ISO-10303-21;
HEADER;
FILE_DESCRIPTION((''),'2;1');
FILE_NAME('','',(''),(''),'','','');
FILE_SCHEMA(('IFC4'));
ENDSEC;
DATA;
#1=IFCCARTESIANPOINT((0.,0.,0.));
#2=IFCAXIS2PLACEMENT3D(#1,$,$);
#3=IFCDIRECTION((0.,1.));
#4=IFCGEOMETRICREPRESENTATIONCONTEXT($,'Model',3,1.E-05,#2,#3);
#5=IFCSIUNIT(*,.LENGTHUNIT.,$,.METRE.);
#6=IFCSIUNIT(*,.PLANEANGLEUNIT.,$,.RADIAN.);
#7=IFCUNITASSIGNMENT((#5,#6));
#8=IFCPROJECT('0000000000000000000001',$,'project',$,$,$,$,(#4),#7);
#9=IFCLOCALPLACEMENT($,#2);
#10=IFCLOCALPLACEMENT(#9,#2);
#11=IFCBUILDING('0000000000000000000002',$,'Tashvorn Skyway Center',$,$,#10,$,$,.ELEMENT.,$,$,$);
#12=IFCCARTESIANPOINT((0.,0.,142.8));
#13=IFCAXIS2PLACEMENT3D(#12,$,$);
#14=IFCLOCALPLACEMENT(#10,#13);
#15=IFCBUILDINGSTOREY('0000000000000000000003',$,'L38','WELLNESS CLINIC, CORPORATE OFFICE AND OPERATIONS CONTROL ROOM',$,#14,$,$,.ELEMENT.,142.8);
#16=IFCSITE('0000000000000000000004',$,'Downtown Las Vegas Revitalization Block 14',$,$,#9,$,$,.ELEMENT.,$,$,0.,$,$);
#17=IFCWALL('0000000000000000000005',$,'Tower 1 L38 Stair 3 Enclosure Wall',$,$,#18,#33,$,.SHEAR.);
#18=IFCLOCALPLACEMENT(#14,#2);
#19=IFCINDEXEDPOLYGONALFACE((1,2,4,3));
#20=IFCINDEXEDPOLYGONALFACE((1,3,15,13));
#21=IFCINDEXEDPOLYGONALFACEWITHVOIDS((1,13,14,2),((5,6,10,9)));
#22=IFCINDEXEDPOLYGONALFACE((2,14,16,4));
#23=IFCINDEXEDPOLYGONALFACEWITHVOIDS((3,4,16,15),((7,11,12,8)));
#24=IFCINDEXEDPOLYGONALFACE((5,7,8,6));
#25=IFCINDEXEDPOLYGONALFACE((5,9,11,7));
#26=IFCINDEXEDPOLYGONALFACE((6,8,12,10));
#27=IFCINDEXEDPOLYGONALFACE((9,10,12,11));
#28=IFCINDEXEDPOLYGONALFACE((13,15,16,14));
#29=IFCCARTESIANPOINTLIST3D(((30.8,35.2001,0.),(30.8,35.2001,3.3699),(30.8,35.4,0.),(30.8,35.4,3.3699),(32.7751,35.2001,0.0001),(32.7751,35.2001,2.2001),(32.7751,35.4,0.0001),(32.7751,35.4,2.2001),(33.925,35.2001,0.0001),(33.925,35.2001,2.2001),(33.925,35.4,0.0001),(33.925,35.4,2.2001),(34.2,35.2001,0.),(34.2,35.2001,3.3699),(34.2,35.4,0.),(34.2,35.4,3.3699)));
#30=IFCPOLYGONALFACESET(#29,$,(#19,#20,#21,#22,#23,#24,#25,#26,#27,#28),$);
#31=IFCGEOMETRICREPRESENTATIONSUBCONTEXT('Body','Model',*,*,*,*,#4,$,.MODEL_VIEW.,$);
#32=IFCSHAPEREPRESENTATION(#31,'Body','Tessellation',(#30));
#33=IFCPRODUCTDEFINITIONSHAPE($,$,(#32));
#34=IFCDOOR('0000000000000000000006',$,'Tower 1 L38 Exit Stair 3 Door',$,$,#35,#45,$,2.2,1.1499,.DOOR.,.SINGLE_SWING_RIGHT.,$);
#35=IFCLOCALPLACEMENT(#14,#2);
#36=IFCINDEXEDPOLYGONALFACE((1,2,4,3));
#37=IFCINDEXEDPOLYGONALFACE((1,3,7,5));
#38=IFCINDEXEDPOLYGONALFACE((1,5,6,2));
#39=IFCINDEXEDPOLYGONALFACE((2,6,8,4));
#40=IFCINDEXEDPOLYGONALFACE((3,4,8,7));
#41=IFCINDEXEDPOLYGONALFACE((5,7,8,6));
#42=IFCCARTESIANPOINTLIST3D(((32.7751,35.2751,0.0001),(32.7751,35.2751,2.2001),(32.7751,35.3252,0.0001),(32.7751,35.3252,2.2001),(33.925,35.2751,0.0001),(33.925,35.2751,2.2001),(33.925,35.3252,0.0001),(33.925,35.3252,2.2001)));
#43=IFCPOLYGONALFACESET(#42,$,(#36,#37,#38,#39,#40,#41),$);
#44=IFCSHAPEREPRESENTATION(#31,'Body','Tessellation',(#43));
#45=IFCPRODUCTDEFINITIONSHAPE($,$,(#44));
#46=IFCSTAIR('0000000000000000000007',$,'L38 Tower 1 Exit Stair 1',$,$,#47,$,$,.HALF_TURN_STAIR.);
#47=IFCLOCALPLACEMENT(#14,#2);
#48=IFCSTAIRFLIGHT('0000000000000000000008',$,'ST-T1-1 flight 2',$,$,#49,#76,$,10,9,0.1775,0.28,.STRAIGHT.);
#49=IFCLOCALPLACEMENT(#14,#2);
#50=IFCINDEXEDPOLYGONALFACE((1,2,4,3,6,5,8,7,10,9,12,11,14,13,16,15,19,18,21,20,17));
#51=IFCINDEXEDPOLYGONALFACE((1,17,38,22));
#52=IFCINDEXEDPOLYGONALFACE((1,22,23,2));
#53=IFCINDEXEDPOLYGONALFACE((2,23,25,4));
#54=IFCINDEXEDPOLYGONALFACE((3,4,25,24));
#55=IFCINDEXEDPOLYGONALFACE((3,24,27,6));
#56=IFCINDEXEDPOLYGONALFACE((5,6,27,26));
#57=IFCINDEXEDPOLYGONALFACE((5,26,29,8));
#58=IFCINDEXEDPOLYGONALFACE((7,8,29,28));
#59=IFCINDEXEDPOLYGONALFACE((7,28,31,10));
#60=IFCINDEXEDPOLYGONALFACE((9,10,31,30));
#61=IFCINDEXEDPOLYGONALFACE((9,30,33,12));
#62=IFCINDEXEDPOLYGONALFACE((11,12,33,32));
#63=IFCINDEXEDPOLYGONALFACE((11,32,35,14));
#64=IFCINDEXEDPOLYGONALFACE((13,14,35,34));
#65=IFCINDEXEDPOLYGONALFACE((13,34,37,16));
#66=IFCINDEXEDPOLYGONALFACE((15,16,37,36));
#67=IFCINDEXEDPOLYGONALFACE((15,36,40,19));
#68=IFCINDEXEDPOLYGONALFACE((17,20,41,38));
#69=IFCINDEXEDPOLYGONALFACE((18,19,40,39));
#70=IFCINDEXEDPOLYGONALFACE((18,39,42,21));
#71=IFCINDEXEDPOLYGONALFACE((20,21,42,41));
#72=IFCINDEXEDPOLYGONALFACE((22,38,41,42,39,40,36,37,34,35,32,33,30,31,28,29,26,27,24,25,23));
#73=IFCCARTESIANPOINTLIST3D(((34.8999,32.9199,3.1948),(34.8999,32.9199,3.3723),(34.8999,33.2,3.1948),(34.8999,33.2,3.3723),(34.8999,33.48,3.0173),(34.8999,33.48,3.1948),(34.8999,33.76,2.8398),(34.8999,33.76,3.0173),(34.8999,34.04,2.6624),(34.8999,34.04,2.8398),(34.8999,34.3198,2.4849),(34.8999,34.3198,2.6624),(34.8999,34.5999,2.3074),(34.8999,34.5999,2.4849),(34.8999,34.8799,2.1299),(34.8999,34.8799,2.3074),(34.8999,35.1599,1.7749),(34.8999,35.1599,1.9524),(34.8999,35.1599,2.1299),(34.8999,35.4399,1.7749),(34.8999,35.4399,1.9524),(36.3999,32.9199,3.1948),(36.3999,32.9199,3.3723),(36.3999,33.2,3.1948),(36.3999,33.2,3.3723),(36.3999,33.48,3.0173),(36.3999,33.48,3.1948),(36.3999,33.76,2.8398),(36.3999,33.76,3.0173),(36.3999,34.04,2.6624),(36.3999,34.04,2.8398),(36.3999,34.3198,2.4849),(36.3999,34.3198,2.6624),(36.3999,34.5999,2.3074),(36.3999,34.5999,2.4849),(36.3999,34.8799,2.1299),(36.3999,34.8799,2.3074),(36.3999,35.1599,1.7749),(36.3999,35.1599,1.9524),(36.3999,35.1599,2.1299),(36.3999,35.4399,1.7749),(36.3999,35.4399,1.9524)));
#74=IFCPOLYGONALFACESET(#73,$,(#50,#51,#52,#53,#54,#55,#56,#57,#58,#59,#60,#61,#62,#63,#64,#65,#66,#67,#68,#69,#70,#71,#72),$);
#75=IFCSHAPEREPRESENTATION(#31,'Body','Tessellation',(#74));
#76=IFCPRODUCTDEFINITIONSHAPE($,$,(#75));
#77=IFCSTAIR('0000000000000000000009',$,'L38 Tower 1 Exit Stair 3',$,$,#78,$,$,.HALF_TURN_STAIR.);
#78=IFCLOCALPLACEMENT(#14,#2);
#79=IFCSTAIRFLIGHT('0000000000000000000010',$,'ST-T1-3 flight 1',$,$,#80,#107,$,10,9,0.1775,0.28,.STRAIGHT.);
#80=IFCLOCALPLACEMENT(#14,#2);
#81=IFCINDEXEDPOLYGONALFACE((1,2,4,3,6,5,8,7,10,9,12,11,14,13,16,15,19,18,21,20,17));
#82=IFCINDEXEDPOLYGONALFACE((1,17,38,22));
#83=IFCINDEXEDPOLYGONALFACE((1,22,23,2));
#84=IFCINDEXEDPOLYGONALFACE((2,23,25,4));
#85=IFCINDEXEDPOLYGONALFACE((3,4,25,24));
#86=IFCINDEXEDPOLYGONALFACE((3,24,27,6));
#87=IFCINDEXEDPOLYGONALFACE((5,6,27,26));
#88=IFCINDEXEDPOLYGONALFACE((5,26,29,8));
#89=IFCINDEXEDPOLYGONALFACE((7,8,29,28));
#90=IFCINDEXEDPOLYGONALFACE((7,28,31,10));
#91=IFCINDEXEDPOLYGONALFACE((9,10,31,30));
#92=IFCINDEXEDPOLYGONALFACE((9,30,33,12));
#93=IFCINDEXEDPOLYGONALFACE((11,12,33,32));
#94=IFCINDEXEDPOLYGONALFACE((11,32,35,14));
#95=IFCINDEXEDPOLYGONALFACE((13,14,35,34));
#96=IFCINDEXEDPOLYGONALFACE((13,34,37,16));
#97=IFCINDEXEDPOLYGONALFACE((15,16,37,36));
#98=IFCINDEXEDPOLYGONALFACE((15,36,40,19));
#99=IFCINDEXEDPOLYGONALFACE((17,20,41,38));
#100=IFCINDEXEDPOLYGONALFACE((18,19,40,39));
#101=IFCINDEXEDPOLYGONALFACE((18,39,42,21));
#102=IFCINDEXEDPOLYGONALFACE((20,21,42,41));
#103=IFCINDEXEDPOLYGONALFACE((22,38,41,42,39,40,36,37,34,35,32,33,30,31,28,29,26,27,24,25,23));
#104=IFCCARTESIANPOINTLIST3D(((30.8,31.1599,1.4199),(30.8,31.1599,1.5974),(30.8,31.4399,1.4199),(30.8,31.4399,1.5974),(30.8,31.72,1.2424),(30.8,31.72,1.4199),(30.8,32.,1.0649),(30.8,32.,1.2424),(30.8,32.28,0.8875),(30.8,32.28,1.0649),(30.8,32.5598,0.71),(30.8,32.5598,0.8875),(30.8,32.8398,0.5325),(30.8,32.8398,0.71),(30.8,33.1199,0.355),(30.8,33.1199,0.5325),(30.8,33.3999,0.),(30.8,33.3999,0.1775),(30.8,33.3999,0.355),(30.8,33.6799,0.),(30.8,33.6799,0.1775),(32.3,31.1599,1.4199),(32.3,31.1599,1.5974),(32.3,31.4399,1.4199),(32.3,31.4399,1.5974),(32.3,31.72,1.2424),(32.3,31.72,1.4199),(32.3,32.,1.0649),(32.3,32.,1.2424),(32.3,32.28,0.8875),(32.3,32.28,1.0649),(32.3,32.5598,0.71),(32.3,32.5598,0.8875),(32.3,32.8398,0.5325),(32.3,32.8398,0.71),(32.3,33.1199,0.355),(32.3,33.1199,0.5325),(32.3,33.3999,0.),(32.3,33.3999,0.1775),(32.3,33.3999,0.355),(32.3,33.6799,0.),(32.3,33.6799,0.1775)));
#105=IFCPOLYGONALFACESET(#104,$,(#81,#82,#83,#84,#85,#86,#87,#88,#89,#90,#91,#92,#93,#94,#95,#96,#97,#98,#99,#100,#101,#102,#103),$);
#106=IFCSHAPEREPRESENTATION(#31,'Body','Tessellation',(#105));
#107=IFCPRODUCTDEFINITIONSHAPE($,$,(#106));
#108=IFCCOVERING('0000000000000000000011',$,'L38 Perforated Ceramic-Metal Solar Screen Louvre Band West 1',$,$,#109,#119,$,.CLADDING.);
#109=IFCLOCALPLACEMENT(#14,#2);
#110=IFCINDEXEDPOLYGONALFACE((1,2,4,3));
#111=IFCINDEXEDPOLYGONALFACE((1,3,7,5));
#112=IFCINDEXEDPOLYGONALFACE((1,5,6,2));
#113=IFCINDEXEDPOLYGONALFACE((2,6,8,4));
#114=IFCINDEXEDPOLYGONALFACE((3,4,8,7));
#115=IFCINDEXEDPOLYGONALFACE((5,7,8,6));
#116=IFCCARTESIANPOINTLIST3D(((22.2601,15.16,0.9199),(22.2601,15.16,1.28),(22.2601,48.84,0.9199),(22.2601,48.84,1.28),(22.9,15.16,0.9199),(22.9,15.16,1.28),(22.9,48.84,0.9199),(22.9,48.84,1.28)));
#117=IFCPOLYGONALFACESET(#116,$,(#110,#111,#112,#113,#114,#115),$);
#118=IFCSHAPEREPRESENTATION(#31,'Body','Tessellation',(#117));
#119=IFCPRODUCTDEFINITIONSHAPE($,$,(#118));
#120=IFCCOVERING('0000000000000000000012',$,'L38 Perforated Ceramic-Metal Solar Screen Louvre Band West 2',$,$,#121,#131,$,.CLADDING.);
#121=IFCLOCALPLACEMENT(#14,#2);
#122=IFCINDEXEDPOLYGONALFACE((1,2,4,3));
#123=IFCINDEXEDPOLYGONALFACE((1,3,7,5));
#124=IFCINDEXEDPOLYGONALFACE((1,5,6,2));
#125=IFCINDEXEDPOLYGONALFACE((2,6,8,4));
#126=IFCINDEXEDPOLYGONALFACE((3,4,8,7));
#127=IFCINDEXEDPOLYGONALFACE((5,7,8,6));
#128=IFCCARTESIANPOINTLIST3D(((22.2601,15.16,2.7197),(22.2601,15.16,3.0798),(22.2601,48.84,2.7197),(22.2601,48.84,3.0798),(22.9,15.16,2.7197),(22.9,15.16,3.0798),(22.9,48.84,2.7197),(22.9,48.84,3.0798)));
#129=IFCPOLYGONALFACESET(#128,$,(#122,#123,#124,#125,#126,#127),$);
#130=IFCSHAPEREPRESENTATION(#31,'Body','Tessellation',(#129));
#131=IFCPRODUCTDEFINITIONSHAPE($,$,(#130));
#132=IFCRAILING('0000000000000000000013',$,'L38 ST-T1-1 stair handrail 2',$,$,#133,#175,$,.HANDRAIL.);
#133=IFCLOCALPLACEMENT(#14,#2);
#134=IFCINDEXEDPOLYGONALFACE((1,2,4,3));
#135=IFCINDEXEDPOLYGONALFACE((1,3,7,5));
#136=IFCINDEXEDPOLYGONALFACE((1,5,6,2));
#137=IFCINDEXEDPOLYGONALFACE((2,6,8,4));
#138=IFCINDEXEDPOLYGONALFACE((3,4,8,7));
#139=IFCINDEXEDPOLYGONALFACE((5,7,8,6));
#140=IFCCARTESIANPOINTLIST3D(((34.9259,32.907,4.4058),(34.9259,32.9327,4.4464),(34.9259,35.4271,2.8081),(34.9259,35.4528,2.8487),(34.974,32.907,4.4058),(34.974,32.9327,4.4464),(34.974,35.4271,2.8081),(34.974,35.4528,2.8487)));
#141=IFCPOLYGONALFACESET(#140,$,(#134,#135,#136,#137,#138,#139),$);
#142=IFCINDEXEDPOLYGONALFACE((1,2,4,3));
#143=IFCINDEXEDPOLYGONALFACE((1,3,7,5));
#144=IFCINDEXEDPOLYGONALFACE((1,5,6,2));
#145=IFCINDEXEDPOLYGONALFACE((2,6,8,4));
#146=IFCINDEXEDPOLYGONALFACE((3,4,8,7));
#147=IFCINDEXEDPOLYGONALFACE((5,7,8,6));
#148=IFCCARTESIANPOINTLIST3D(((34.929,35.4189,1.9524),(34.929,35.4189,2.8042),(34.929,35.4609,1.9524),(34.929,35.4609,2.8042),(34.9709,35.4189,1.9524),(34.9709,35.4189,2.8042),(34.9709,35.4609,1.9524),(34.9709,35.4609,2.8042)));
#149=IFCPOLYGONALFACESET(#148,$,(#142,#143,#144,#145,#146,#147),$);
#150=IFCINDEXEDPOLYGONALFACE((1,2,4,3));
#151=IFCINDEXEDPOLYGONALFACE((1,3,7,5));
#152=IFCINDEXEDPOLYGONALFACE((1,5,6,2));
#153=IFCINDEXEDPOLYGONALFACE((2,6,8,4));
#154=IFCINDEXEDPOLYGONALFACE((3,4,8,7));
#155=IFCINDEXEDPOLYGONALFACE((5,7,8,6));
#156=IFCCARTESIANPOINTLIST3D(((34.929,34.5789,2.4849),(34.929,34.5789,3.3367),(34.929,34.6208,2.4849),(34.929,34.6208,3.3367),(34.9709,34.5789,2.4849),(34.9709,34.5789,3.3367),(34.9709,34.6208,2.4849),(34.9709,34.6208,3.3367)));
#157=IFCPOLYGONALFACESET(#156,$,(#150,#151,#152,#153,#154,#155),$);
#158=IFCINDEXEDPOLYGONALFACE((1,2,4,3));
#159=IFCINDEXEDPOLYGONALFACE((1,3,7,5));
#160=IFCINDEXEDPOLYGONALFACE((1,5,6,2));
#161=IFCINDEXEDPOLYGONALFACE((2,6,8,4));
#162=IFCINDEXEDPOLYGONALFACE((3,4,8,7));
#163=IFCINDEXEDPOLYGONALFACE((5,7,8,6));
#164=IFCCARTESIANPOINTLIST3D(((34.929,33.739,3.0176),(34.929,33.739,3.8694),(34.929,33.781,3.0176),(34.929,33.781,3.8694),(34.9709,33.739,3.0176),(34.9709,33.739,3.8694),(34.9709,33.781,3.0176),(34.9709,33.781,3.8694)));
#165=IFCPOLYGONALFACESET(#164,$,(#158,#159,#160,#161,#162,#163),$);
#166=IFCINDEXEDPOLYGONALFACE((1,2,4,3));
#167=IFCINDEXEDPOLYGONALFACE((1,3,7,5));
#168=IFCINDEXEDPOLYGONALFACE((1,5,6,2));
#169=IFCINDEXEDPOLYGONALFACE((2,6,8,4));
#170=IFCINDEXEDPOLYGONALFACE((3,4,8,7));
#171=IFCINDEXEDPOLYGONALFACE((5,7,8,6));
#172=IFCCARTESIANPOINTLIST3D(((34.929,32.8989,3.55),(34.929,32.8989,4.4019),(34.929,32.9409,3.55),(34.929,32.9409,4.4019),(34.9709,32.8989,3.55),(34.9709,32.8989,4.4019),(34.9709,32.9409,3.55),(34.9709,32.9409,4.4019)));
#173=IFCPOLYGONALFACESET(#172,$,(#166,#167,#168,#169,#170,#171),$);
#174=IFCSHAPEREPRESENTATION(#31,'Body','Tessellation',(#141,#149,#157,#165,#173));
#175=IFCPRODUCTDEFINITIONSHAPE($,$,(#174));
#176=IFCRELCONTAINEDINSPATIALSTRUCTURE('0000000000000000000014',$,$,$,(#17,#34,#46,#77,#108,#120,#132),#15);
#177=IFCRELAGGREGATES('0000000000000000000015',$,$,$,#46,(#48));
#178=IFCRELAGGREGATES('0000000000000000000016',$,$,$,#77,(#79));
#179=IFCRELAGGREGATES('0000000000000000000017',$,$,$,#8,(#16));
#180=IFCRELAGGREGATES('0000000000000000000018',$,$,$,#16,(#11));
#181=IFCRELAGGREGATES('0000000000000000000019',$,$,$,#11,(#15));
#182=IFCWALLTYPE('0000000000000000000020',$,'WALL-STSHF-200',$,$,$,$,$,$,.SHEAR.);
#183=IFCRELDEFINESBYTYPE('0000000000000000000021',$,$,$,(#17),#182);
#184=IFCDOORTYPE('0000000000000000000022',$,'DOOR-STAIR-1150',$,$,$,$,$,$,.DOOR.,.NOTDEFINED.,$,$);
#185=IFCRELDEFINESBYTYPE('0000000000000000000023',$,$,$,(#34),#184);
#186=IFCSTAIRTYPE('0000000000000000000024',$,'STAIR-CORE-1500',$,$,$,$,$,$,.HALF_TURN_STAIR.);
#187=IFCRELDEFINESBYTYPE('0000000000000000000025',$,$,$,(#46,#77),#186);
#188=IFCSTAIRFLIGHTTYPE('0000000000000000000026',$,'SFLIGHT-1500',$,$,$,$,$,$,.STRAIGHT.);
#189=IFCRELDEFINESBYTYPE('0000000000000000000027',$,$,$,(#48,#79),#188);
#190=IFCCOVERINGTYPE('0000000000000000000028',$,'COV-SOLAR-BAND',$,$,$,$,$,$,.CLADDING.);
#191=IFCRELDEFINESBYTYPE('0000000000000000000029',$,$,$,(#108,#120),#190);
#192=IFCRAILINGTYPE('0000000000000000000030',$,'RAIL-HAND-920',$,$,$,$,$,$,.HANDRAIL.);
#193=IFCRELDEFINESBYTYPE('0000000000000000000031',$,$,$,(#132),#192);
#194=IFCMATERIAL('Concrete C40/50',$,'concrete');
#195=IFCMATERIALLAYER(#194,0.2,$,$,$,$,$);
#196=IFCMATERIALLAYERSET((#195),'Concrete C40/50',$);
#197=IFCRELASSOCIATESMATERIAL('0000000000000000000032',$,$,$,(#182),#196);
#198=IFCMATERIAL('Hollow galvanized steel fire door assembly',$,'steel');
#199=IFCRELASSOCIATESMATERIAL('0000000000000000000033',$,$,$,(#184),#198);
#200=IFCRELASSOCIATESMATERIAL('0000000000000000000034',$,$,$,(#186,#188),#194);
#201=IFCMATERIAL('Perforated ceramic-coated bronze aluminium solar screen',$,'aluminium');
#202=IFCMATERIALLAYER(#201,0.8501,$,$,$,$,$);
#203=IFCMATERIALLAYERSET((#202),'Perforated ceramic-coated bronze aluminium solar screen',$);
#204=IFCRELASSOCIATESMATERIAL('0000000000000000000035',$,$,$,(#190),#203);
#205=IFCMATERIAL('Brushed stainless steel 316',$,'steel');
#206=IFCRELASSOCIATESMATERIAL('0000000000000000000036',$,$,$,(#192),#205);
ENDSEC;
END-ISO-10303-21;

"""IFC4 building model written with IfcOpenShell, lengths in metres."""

from ifc_helpers import new_model, si_unit, direction, frame, frame_2d, origin, origin_2d, place, context, subcontext, project, spatial, polyline, rectangle, outline, extrude, material, layer, layer_set, type_object, element, fill, aggregate, save


model = new_model("IFC4")

# Units and contexts
model_context = context("Model", 3, precision=1e-05, world=origin(), true_north=direction((0.0, 1.0)))
body_context = subcontext(model_context, "Body", "Model", "MODEL_VIEW")
ifc_project = project(units=[si_unit("LENGTHUNIT", "METRE"), si_unit("PLANEANGLEUNIT", "RADIAN")], contexts=[model_context])

# Site, building, storey
site_placement = place(None, origin())
site = spatial("IfcSite", under=ifc_project, at=site_placement, Name="Downtown Las Vegas Revitalization Block 14", CompositionType="ELEMENT", RefElevation=0.0)
building_placement = place(site_placement, origin())
building = spatial("IfcBuilding", under=site, at=building_placement, Name="Tashvorn Skyway Center", CompositionType="ELEMENT")
storey_placement = place(building_placement, frame((0.0, 0.0, 142.8)))
storey = spatial("IfcBuildingStorey", under=building, at=storey_placement, Name="L38", Description="WELLNESS CLINIC, CORPORATE OFFICE AND OPERATIONS CONTROL ROOM", CompositionType="ELEMENT", Elevation=142.8)

# Shared definitions
ifc_material_1 = material(Name="Concrete C40/50", Category="concrete")
ifc_layer_1 = layer(ifc_material_1, 0.2)
ifc_layer_set_1 = layer_set([ifc_layer_1], Name="Concrete C40/50")
wall_type_1 = type_object("IfcWallType", Name="WALL-STSHF-200", PredefinedType="SHEAR", material=ifc_layer_set_1)

# Wall, opening, door
wall_1_placement = place(storey_placement, frame((34.2, 35.3, 0.0), z_axis=(0.0, 0.0, 1.0), x_axis=(-1.0, 0.0, 0.0)))
wall_1 = element("IfcWall", 1, at=wall_1_placement, inside=storey, type_object=wall_type_1, Name="Tower 1 L38 Stair 3 Enclosure Wall", PredefinedType="SHEAR", context=body_context, shape_type="SweptSolid", body=[
    extrude(rectangle(XDim=3.3999, YDim=0.2, at=frame_2d((1.7, 0.0))), origin(), (0.0, 0.0, 1.0), 3.3699),
])
opening_placement = place(wall_1_placement, frame((0.2749, 0.0, 0.0)))
opening = element("IfcOpeningElement", 2, at=opening_placement, cuts=wall_1, PredefinedType="OPENING", context=body_context, shape_type="SweptSolid", body=[
    extrude(rectangle(XDim=1.1499, YDim=2.2, at=frame_2d((0.575, 1.1001))), frame((0.0, 0.1099, 0.0), z_axis=(0.0, -1.0, 0.0), x_axis=(1.0, 0.0, 0.0)), (0.0, 0.0, 1.0), 0.22),
])
ifc_material_2 = material(Name="Hollow galvanized steel fire door assembly", Category="steel")
door_type = type_object("IfcDoorType", Name="DOOR-STAIR-1150", OperationType="NOTDEFINED", PredefinedType="DOOR", material=ifc_material_2)
door_placement = place(opening_placement, origin())
door = element("IfcDoor", 3, at=door_placement, inside=storey, type_object=door_type, Name="Tower 1 L38 Exit Stair 3 Door", OperationType="SINGLE_SWING_RIGHT", OverallHeight=2.2, OverallWidth=1.1499, PredefinedType="DOOR", context=body_context, shape_type="SweptSolid", body=[
    extrude(rectangle(XDim=1.1499, YDim=2.2, at=frame_2d((0.575, 1.1001))), frame((0.0, 0.0249, 0.0), z_axis=(0.0, -1.0, 0.0), x_axis=(1.0, 0.0, 0.0)), (0.0, 0.0, 1.0), 0.05),
])
fill(opening, door)

# Stairs, stair flights
stair_type = type_object("IfcStairType", Name="STAIR-CORE-1500", PredefinedType="HALF_TURN_STAIR", material=ifc_material_1)
stair_1_placement = place(storey_placement, origin())
stair_1 = element("IfcStair", 4, at=stair_1_placement, inside=storey, type_object=stair_type, Name="L38 Tower 1 Exit Stair 1", PredefinedType="HALF_TURN_STAIR")
stair_flight_type = type_object("IfcStairFlightType", Name="SFLIGHT-1500", PredefinedType="STRAIGHT", material=ifc_material_1)
stair_flight_1_placement = place(storey_placement, frame((35.6499, 35.4399, 1.7749), z_axis=(0.0, 0.0, 1.0), x_axis=(0.0, -1.0, 0.0)))
stair_flight_1 = element("IfcStairFlight", 5, at=stair_flight_1_placement, type_object=stair_flight_type, Name="ST-T1-1 flight 2", NumberOfRisers=10, NumberOfTreads=9, PredefinedType="STRAIGHT", RiserHeight=0.1775, TreadLength=0.28, context=body_context, shape_type="SweptSolid", body=[
    extrude(outline(polyline([(0.0, 0.0), (0.0, 0.1775), (0.28, 0.1775), (0.28, 0.355), (0.5601, 0.355), (0.5601, 0.5325), (0.8401, 0.5325), (0.8401, 0.71), (1.1201, 0.71), (1.1201, 0.8875), (1.3999, 0.8875), (1.3999, 1.0649), (1.6799, 1.0649), (1.6799, 1.2424), (1.96, 1.2424), (1.96, 1.4199), (2.24, 1.4199), (2.24, 1.5974), (2.52, 1.5974), (2.52, 1.7749), (2.52, 1.4199), (0.28, 0.0), (0.0, 0.0)])), frame((0.0, 0.75, 0.0), z_axis=(0.0, -1.0, 0.0), x_axis=(1.0, 0.0, 0.0)), (0.0, 0.0, 1.0), 1.5),
])
aggregate(stair_1, [stair_flight_1])
stair_2_placement = place(storey_placement, origin())
stair_2 = element("IfcStair", 6, at=stair_2_placement, inside=storey, type_object=stair_type, Name="L38 Tower 1 Exit Stair 3", PredefinedType="HALF_TURN_STAIR")
stair_flight_2_placement = place(storey_placement, frame((31.55, 33.6799, 0.0), z_axis=(0.0, 0.0, 1.0), x_axis=(0.0, -1.0, 0.0)))
stair_flight_2 = element("IfcStairFlight", 7, at=stair_flight_2_placement, type_object=stair_flight_type, Name="ST-T1-3 flight 1", NumberOfRisers=10, NumberOfTreads=9, PredefinedType="STRAIGHT", RiserHeight=0.1775, TreadLength=0.28, context=body_context, shape_type="SweptSolid", body=[
    extrude(outline(polyline([(0.0, 0.0), (0.0, 0.1775), (0.28, 0.1775), (0.28, 0.355), (0.5601, 0.355), (0.5601, 0.5325), (0.8401, 0.5325), (0.8401, 0.71), (1.1201, 0.71), (1.1201, 0.8875), (1.3999, 0.8875), (1.3999, 1.0649), (1.6799, 1.0649), (1.6799, 1.2424), (1.96, 1.2424), (1.96, 1.4199), (2.24, 1.4199), (2.24, 1.5974), (2.52, 1.5974), (2.52, 1.7749), (2.52, 1.4199), (0.28, 0.0), (0.0, 0.0)])), frame((0.0, 0.75, 0.0), z_axis=(0.0, -1.0, 0.0), x_axis=(1.0, 0.0, 0.0)), (0.0, 0.0, 1.0), 1.5),
])
aggregate(stair_2, [stair_flight_2])

# Coverings
ifc_material_3 = material(Name="Perforated ceramic-coated bronze aluminium solar screen", Category="aluminium")
ifc_layer_2 = layer(ifc_material_3, 0.8501)
ifc_layer_set_2 = layer_set([ifc_layer_2], Name="Perforated ceramic-coated bronze aluminium solar screen")
covering_type = type_object("IfcCoveringType", Name="COV-SOLAR-BAND", PredefinedType="CLADDING", material=ifc_layer_set_2)
for number, where, z_axis, x_axis, name in (
    (8, (22.5801, 32.0, 0.9199), (0.0, 0.0, 1.0), (0.0, 1.0, 0.0), "L38 Perforated Ceramic-Metal Solar Screen Louvre Band West 1"),
    (9, (22.5801, 32.0, 2.7197), (0.0, 0.0, 1.0), (0.0, 1.0, 0.0), "L38 Perforated Ceramic-Metal Solar Screen Louvre Band West 2"),
):
    element("IfcCovering", number, at=place(storey_placement, frame(where, z_axis=z_axis, x_axis=x_axis)), inside=storey, type_object=covering_type, Name=name, PredefinedType="CLADDING", context=body_context, shape_type="SweptSolid", body=[
        extrude(rectangle(XDim=33.6799, YDim=0.6399, at=origin_2d()), origin(), (0.0, 0.0, 1.0), 0.3601),
    ])

# Railing
ifc_material_4 = material(Name="Brushed stainless steel 316", Category="steel")
railing_type_1 = type_object("IfcRailingType", Name="RAIL-HAND-920", PredefinedType="HANDRAIL", material=ifc_material_4)
railing_1_placement = place(storey_placement, frame((34.95, 35.4399, 1.9524)))
element("IfcRailing", 10, at=railing_1_placement, inside=storey, type_object=railing_type_1, Name="L38 ST-T1-1 stair handrail 2", PredefinedType="HANDRAIL", context=body_context, shape_type="SweptSolid", body=[
    extrude(rectangle(XDim=0.0481, YDim=0.0481, at=origin_2d()), frame((0.0, 0.0, 0.876), z_axis=(0.0, -0.84457, 0.535445), x_axis=(1.0, 0.0, 0.0)), (0.0, 0.0, 1.0), 2.9839),
    extrude(rectangle(XDim=0.042, YDim=0.042, at=origin_2d()), origin(), (0.0, 0.0, 1.0), 0.8518),
    extrude(rectangle(XDim=0.042, YDim=0.042, at=origin_2d()), frame((0.0, -0.8401, 0.5325)), (0.0, 0.0, 1.0), 0.8518),
    extrude(rectangle(XDim=0.042, YDim=0.042, at=origin_2d()), frame((0.0, -1.6799, 1.0652)), (0.0, 0.0, 1.0), 0.8518),
    extrude(rectangle(XDim=0.042, YDim=0.042, at=origin_2d()), frame((0.0, -2.52, 1.5977)), (0.0, 0.0, 1.0), 0.8518),
])

save(model, "model.ifc")
